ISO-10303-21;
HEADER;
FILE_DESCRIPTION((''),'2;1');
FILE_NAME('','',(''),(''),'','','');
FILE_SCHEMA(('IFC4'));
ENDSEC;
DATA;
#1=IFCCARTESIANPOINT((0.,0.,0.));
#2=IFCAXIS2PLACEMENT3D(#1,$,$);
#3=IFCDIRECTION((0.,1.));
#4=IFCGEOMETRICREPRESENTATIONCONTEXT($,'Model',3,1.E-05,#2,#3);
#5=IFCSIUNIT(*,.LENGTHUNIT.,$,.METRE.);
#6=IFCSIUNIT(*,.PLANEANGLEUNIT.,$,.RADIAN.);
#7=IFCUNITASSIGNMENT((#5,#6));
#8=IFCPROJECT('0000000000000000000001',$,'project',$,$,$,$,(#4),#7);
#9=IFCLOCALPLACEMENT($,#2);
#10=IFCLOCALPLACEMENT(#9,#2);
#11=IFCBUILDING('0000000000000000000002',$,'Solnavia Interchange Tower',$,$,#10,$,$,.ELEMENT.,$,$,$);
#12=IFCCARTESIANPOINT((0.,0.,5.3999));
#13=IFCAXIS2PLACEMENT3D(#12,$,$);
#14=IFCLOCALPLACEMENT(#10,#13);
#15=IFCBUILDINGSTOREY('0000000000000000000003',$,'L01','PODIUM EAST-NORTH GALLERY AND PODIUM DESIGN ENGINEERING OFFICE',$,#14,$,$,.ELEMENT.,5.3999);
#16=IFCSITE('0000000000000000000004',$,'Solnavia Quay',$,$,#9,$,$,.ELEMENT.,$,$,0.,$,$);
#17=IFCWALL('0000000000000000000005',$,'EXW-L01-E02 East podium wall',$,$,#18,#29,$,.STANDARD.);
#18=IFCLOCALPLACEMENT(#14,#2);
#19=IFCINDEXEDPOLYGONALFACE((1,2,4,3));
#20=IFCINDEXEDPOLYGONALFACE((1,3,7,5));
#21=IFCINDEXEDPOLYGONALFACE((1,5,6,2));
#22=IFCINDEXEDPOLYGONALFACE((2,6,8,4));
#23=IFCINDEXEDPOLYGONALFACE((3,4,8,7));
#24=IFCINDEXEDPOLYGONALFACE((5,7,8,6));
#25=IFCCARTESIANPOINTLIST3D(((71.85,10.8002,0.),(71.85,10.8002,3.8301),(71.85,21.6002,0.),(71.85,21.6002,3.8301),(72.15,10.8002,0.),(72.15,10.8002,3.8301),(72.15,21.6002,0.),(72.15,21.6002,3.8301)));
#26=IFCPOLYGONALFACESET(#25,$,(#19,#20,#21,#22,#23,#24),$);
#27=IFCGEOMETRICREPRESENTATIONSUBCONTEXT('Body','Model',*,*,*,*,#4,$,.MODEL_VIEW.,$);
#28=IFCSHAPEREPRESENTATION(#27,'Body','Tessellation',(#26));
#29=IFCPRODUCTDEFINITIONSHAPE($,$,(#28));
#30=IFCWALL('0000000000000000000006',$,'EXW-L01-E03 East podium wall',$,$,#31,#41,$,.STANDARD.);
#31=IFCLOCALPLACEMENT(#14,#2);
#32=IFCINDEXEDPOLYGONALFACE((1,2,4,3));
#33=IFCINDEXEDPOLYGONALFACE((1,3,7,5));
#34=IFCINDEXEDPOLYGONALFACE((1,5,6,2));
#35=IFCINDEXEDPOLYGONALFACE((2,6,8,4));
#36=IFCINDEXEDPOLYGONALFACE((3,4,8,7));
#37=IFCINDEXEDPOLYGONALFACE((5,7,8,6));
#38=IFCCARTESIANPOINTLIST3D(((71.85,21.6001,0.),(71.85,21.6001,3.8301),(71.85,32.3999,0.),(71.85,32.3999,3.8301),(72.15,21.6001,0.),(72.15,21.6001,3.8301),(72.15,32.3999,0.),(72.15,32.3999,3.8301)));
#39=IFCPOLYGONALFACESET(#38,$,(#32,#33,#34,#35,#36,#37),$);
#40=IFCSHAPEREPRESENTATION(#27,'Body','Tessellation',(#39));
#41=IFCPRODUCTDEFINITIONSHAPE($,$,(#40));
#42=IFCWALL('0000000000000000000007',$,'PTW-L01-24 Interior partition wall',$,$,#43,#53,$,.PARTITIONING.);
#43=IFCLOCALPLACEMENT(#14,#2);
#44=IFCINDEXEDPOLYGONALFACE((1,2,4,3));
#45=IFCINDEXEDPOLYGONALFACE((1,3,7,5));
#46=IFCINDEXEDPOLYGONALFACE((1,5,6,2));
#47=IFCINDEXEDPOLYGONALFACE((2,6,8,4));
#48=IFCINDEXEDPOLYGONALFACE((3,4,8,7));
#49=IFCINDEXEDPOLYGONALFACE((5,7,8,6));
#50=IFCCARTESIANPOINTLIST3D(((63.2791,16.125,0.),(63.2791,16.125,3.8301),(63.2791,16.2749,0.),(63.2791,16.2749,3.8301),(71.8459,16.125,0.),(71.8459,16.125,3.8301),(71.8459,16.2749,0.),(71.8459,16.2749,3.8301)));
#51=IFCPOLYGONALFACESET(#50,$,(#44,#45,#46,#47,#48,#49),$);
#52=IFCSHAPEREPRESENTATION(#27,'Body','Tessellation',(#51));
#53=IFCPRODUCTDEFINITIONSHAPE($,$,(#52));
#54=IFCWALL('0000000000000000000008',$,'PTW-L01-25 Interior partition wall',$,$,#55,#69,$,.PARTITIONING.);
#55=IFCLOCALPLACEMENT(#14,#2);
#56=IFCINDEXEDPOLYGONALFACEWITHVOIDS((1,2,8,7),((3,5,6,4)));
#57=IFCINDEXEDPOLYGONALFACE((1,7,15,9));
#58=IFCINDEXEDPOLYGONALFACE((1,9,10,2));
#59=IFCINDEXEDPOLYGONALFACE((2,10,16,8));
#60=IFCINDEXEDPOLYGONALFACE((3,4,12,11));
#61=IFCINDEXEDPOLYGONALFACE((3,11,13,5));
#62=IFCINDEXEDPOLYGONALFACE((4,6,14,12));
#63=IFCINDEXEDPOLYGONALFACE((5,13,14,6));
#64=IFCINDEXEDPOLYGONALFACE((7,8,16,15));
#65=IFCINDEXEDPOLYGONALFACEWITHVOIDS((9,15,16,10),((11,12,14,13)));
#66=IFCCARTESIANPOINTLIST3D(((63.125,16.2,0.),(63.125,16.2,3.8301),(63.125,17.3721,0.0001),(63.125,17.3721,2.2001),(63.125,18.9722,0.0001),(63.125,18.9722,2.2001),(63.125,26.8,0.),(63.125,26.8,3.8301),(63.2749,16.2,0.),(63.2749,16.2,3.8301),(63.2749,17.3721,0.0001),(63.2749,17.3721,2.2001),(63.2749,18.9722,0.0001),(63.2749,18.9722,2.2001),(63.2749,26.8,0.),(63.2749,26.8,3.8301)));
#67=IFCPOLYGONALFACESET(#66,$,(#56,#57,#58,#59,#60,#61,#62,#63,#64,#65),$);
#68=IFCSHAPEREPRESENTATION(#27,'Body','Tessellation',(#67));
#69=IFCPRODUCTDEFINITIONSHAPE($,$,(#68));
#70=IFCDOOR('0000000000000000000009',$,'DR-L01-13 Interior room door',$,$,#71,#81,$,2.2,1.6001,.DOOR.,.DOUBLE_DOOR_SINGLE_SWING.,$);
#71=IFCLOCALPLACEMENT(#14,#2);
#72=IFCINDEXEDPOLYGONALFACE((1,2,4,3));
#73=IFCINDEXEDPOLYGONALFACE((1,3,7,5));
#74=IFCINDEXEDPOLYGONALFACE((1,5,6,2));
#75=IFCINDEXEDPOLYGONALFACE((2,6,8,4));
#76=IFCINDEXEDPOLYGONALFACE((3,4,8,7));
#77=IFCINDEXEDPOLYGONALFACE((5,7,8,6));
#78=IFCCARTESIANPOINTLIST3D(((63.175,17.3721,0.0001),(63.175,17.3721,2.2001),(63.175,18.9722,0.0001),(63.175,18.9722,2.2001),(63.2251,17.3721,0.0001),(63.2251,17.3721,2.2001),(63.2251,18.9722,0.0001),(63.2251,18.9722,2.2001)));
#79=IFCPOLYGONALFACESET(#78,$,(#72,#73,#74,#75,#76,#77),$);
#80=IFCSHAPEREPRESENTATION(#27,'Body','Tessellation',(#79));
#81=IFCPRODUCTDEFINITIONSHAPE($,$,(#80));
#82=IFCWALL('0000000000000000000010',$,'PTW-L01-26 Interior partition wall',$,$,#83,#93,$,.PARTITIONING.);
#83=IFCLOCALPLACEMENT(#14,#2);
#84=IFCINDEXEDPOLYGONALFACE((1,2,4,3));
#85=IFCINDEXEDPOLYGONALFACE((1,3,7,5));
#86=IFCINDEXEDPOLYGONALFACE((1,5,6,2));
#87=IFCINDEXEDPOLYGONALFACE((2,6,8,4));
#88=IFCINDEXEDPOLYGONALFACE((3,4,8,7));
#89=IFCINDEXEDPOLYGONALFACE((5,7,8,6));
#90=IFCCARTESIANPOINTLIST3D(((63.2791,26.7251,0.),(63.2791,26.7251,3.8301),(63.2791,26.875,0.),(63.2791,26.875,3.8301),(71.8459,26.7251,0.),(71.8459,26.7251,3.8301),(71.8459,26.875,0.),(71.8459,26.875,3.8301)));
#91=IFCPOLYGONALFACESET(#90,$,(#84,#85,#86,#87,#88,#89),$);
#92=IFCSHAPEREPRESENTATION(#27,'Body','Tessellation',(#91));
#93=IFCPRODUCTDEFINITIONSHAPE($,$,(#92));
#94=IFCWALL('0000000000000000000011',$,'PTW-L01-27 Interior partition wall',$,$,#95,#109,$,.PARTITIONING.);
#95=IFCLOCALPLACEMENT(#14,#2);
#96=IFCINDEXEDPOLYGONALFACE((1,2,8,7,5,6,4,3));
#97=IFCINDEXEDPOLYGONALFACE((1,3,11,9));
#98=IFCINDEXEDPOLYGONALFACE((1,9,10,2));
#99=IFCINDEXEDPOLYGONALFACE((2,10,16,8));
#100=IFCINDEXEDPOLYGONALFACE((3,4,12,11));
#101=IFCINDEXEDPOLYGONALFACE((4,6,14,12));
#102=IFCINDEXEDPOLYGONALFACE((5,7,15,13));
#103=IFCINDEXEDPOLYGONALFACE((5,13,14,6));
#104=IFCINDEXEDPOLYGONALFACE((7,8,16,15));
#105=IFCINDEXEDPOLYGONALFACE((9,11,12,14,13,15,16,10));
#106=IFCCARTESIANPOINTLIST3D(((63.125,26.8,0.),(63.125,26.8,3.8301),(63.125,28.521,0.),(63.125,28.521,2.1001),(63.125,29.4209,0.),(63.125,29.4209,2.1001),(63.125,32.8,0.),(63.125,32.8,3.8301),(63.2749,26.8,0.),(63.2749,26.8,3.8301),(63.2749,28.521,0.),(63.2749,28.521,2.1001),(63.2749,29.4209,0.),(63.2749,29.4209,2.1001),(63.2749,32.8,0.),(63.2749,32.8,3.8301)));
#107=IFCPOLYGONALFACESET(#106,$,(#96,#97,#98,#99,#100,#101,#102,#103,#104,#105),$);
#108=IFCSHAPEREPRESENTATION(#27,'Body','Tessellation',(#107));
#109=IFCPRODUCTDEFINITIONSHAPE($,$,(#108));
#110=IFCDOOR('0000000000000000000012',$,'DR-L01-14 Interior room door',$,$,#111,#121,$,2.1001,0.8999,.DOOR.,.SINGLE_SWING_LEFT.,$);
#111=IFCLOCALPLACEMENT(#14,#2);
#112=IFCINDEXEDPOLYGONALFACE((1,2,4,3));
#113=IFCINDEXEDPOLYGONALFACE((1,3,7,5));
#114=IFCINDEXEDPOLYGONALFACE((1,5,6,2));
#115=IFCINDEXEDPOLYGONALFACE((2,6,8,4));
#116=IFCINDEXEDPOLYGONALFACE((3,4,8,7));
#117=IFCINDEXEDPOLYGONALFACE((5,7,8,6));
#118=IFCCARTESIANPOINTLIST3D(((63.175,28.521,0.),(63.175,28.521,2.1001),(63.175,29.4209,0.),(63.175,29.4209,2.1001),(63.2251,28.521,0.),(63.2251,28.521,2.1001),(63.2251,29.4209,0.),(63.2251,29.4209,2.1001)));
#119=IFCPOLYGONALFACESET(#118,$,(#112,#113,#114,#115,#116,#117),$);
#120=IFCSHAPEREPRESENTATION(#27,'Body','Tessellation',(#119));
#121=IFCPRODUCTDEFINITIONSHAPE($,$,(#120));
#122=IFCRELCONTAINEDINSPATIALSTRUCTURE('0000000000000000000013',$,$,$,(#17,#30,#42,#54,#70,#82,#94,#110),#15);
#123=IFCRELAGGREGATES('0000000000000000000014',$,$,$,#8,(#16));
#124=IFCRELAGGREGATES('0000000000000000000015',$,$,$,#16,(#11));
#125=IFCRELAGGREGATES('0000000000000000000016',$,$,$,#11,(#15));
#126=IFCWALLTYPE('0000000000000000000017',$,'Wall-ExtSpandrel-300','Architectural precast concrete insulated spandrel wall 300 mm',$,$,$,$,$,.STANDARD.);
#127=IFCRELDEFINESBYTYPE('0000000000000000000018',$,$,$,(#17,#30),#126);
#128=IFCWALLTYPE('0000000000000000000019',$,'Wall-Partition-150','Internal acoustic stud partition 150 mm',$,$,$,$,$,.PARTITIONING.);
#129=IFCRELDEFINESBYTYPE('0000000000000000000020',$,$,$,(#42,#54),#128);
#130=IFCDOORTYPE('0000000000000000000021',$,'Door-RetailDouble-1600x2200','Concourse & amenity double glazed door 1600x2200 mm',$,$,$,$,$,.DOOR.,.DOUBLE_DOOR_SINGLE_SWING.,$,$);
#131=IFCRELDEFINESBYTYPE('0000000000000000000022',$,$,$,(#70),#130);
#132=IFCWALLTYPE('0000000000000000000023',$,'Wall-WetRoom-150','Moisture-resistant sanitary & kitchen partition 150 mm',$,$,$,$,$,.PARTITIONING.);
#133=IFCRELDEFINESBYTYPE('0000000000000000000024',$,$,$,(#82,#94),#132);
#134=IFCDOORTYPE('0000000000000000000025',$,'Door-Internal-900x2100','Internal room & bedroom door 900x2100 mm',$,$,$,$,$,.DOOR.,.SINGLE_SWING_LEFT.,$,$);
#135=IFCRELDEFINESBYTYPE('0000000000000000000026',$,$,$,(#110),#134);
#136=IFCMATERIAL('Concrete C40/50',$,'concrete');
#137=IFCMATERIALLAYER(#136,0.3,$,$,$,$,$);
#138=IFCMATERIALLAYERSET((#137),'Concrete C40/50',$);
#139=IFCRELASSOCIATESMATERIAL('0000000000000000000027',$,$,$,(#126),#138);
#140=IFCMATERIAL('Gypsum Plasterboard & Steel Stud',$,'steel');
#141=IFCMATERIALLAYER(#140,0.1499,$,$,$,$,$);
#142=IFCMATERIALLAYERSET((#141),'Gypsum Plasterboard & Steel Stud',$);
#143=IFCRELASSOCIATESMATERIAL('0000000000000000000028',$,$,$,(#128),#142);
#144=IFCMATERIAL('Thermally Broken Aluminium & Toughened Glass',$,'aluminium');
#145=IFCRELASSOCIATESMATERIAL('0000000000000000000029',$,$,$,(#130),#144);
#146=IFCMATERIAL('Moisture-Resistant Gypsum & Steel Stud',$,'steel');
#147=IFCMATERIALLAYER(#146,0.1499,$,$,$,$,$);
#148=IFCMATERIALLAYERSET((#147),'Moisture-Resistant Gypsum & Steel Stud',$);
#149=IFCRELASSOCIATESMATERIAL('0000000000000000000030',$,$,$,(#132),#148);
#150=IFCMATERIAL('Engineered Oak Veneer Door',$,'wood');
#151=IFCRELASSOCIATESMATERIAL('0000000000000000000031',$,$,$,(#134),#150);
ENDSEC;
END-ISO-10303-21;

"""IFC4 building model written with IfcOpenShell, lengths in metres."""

from ifc_helpers import new_model, si_unit, direction, frame, frame_2d, origin, place, context, subcontext, project, spatial, rectangle, extrude, material, layer, layer_set, type_object, element, fill, save


model = new_model("IFC4")

# Units and contexts
model_context = context("Model", 3, precision=1e-05, world=origin(), true_north=direction((0.0, 1.0)))
body_context = subcontext(model_context, "Body", "Model", "MODEL_VIEW")
ifc_project = project(units=[si_unit("LENGTHUNIT", "METRE"), si_unit("PLANEANGLEUNIT", "RADIAN")], contexts=[model_context])

# Site, building, storey
site_placement = place(None, origin())
site = spatial("IfcSite", under=ifc_project, at=site_placement, Name="Solnavia Quay", CompositionType="ELEMENT", RefElevation=0.0)
building_placement = place(site_placement, origin())
building = spatial("IfcBuilding", under=site, at=building_placement, Name="Solnavia Interchange Tower", CompositionType="ELEMENT")
storey_placement = place(building_placement, frame((0.0, 0.0, 5.3999)))
storey = spatial("IfcBuildingStorey", under=building, at=storey_placement, Name="L01", Description="PODIUM EAST-NORTH GALLERY AND PODIUM DESIGN ENGINEERING OFFICE", CompositionType="ELEMENT", Elevation=5.3999)

# Walls
ifc_material_1 = material(Name="Concrete C40/50", Category="concrete")
ifc_layer_1 = layer(ifc_material_1, 0.3)
ifc_layer_set_1 = layer_set([ifc_layer_1], Name="Concrete C40/50")
wall_type_1 = type_object("IfcWallType", Name="Wall-ExtSpandrel-300", Description="Architectural precast concrete insulated spandrel wall 300 mm", PredefinedType="STANDARD", material=ifc_layer_set_1)
wall_1_placement = place(storey_placement, frame((72.0, 21.6001, 0.0), z_axis=(0.0, 0.0, 1.0), x_axis=(0.0, -1.0, 0.0)))
element("IfcWall", 1, at=wall_1_placement, inside=storey, type_object=wall_type_1, Name="EXW-L01-E02 East podium wall", PredefinedType="STANDARD", context=body_context, shape_type="SweptSolid", body=[
    extrude(rectangle(XDim=10.8, YDim=0.3, at=frame_2d((5.3999, 0.0))), origin(), (0.0, 0.0, 1.0), 3.8301),
])
wall_2_placement = place(storey_placement, frame((72.0, 32.3999, 0.0), z_axis=(0.0, 0.0, 1.0), x_axis=(0.0, -1.0, 0.0)))
element("IfcWall", 2, at=wall_2_placement, inside=storey, type_object=wall_type_1, Name="EXW-L01-E03 East podium wall", PredefinedType="STANDARD", context=body_context, shape_type="SweptSolid", body=[
    extrude(rectangle(XDim=10.7998, YDim=0.3, at=frame_2d((5.3999, 0.0))), origin(), (0.0, 0.0, 1.0), 3.8301),
])
ifc_material_2 = material(Name="Gypsum Plasterboard & Steel Stud", Category="steel")
ifc_layer_2 = layer(ifc_material_2, 0.1499)
ifc_layer_set_2 = layer_set([ifc_layer_2], Name="Gypsum Plasterboard & Steel Stud")
wall_type_2 = type_object("IfcWallType", Name="Wall-Partition-150", Description="Internal acoustic stud partition 150 mm", PredefinedType="PARTITIONING", material=ifc_layer_set_2)
wall_3_placement = place(storey_placement, frame((63.2791, 16.2, 0.0), z_axis=(0.0, 0.0, 1.0), x_axis=(1.0, 0.0, 0.0)))
element("IfcWall", 3, at=wall_3_placement, inside=storey, type_object=wall_type_2, Name="PTW-L01-24 Interior partition wall", PredefinedType="PARTITIONING", context=body_context, shape_type="SweptSolid", body=[
    extrude(rectangle(XDim=8.5669, YDim=0.1499, at=frame_2d((4.2834, 0.0))), origin(), (0.0, 0.0, 1.0), 3.8301),
])

# Wall, opening, door
wall_4_placement = place(storey_placement, frame((63.2, 16.2, 0.0), z_axis=(0.0, 0.0, 1.0), x_axis=(0.0, 1.0, 0.0)))
wall_4 = element("IfcWall", 4, at=wall_4_placement, inside=storey, type_object=wall_type_2, Name="PTW-L01-25 Interior partition wall", PredefinedType="PARTITIONING", context=body_context, shape_type="SweptSolid", body=[
    extrude(rectangle(XDim=10.6001, YDim=0.1499, at=frame_2d((5.3, 0.0))), origin(), (0.0, 0.0, 1.0), 3.8301),
])
opening_1_placement = place(wall_4_placement, frame((1.1721, 0.0, 0.0)))
opening_1 = element("IfcOpeningElement", 5, at=opening_1_placement, cuts=wall_4, PredefinedType="OPENING", context=body_context, shape_type="SweptSolid", body=[
    extrude(rectangle(XDim=1.6001, YDim=2.2, at=frame_2d((0.8, 1.1001))), frame((0.0, 0.085, 0.0), z_axis=(0.0, -1.0, 0.0), x_axis=(1.0, 0.0, 0.0)), (0.0, 0.0, 1.0), 0.1699),
])
ifc_material_3 = material(Name="Thermally Broken Aluminium & Toughened Glass", Category="aluminium")
door_type_1 = type_object("IfcDoorType", Name="Door-RetailDouble-1600x2200", Description="Concourse & amenity double glazed door 1600x2200 mm", OperationType="DOUBLE_DOOR_SINGLE_SWING", PredefinedType="DOOR", material=ifc_material_3)
door_1_placement = place(opening_1_placement, origin())
door_1 = element("IfcDoor", 6, at=door_1_placement, inside=storey, type_object=door_type_1, Name="DR-L01-13 Interior room door", OperationType="DOUBLE_DOOR_SINGLE_SWING", OverallHeight=2.2, OverallWidth=1.6001, PredefinedType="DOOR", context=body_context, shape_type="SweptSolid", body=[
    extrude(rectangle(XDim=1.6001, YDim=2.2, at=frame_2d((0.8, 1.1001))), frame((0.0, 0.0249, 0.0), z_axis=(0.0, -1.0, 0.0), x_axis=(1.0, 0.0, 0.0)), (0.0, 0.0, 1.0), 0.05),
])
fill(opening_1, door_1)

# Wall
ifc_material_4 = material(Name="Moisture-Resistant Gypsum & Steel Stud", Category="steel")
ifc_layer_3 = layer(ifc_material_4, 0.1499)
ifc_layer_set_3 = layer_set([ifc_layer_3], Name="Moisture-Resistant Gypsum & Steel Stud")
wall_type_3 = type_object("IfcWallType", Name="Wall-WetRoom-150", Description="Moisture-resistant sanitary & kitchen partition 150 mm", PredefinedType="PARTITIONING", material=ifc_layer_set_3)
wall_5_placement = place(storey_placement, frame((63.2791, 26.8, 0.0), z_axis=(0.0, 0.0, 1.0), x_axis=(1.0, 0.0, 0.0)))
element("IfcWall", 7, at=wall_5_placement, inside=storey, type_object=wall_type_3, Name="PTW-L01-26 Interior partition wall", PredefinedType="PARTITIONING", context=body_context, shape_type="SweptSolid", body=[
    extrude(rectangle(XDim=8.5669, YDim=0.1499, at=frame_2d((4.2834, 0.0))), origin(), (0.0, 0.0, 1.0), 3.8301),
])

# Wall, opening, door
wall_6_placement = place(storey_placement, frame((63.2, 26.8, 0.0), z_axis=(0.0, 0.0, 1.0), x_axis=(0.0, 1.0, 0.0)))
wall_6 = element("IfcWall", 8, at=wall_6_placement, inside=storey, type_object=wall_type_3, Name="PTW-L01-27 Interior partition wall", PredefinedType="PARTITIONING", context=body_context, shape_type="SweptSolid", body=[
    extrude(rectangle(XDim=6.0, YDim=0.1499, at=frame_2d((3.0, 0.0))), origin(), (0.0, 0.0, 1.0), 3.8301),
])
opening_2_placement = place(wall_6_placement, frame((1.7209, 0.0, 0.0)))
opening_2 = element("IfcOpeningElement", 9, at=opening_2_placement, cuts=wall_6, PredefinedType="OPENING", context=body_context, shape_type="SweptSolid", body=[
    extrude(rectangle(XDim=0.8999, YDim=2.1001, at=frame_2d((0.45, 1.05))), frame((0.0, 0.085, 0.0), z_axis=(0.0, -1.0, 0.0), x_axis=(1.0, 0.0, 0.0)), (0.0, 0.0, 1.0), 0.1699),
])
ifc_material_5 = material(Name="Engineered Oak Veneer Door", Category="wood")
door_type_2 = type_object("IfcDoorType", Name="Door-Internal-900x2100", Description="Internal room & bedroom door 900x2100 mm", OperationType="SINGLE_SWING_LEFT", PredefinedType="DOOR", material=ifc_material_5)
door_2_placement = place(opening_2_placement, origin())
door_2 = element("IfcDoor", 10, at=door_2_placement, inside=storey, type_object=door_type_2, Name="DR-L01-14 Interior room door", OperationType="SINGLE_SWING_LEFT", OverallHeight=2.1001, OverallWidth=0.8999, PredefinedType="DOOR", context=body_context, shape_type="SweptSolid", body=[
    extrude(rectangle(XDim=0.8999, YDim=2.1001, at=frame_2d((0.45, 1.05))), frame((0.0, 0.0249, 0.0), z_axis=(0.0, -1.0, 0.0), x_axis=(1.0, 0.0, 0.0)), (0.0, 0.0, 1.0), 0.05),
])
fill(opening_2, door_2)

save(model, "model.ifc")
